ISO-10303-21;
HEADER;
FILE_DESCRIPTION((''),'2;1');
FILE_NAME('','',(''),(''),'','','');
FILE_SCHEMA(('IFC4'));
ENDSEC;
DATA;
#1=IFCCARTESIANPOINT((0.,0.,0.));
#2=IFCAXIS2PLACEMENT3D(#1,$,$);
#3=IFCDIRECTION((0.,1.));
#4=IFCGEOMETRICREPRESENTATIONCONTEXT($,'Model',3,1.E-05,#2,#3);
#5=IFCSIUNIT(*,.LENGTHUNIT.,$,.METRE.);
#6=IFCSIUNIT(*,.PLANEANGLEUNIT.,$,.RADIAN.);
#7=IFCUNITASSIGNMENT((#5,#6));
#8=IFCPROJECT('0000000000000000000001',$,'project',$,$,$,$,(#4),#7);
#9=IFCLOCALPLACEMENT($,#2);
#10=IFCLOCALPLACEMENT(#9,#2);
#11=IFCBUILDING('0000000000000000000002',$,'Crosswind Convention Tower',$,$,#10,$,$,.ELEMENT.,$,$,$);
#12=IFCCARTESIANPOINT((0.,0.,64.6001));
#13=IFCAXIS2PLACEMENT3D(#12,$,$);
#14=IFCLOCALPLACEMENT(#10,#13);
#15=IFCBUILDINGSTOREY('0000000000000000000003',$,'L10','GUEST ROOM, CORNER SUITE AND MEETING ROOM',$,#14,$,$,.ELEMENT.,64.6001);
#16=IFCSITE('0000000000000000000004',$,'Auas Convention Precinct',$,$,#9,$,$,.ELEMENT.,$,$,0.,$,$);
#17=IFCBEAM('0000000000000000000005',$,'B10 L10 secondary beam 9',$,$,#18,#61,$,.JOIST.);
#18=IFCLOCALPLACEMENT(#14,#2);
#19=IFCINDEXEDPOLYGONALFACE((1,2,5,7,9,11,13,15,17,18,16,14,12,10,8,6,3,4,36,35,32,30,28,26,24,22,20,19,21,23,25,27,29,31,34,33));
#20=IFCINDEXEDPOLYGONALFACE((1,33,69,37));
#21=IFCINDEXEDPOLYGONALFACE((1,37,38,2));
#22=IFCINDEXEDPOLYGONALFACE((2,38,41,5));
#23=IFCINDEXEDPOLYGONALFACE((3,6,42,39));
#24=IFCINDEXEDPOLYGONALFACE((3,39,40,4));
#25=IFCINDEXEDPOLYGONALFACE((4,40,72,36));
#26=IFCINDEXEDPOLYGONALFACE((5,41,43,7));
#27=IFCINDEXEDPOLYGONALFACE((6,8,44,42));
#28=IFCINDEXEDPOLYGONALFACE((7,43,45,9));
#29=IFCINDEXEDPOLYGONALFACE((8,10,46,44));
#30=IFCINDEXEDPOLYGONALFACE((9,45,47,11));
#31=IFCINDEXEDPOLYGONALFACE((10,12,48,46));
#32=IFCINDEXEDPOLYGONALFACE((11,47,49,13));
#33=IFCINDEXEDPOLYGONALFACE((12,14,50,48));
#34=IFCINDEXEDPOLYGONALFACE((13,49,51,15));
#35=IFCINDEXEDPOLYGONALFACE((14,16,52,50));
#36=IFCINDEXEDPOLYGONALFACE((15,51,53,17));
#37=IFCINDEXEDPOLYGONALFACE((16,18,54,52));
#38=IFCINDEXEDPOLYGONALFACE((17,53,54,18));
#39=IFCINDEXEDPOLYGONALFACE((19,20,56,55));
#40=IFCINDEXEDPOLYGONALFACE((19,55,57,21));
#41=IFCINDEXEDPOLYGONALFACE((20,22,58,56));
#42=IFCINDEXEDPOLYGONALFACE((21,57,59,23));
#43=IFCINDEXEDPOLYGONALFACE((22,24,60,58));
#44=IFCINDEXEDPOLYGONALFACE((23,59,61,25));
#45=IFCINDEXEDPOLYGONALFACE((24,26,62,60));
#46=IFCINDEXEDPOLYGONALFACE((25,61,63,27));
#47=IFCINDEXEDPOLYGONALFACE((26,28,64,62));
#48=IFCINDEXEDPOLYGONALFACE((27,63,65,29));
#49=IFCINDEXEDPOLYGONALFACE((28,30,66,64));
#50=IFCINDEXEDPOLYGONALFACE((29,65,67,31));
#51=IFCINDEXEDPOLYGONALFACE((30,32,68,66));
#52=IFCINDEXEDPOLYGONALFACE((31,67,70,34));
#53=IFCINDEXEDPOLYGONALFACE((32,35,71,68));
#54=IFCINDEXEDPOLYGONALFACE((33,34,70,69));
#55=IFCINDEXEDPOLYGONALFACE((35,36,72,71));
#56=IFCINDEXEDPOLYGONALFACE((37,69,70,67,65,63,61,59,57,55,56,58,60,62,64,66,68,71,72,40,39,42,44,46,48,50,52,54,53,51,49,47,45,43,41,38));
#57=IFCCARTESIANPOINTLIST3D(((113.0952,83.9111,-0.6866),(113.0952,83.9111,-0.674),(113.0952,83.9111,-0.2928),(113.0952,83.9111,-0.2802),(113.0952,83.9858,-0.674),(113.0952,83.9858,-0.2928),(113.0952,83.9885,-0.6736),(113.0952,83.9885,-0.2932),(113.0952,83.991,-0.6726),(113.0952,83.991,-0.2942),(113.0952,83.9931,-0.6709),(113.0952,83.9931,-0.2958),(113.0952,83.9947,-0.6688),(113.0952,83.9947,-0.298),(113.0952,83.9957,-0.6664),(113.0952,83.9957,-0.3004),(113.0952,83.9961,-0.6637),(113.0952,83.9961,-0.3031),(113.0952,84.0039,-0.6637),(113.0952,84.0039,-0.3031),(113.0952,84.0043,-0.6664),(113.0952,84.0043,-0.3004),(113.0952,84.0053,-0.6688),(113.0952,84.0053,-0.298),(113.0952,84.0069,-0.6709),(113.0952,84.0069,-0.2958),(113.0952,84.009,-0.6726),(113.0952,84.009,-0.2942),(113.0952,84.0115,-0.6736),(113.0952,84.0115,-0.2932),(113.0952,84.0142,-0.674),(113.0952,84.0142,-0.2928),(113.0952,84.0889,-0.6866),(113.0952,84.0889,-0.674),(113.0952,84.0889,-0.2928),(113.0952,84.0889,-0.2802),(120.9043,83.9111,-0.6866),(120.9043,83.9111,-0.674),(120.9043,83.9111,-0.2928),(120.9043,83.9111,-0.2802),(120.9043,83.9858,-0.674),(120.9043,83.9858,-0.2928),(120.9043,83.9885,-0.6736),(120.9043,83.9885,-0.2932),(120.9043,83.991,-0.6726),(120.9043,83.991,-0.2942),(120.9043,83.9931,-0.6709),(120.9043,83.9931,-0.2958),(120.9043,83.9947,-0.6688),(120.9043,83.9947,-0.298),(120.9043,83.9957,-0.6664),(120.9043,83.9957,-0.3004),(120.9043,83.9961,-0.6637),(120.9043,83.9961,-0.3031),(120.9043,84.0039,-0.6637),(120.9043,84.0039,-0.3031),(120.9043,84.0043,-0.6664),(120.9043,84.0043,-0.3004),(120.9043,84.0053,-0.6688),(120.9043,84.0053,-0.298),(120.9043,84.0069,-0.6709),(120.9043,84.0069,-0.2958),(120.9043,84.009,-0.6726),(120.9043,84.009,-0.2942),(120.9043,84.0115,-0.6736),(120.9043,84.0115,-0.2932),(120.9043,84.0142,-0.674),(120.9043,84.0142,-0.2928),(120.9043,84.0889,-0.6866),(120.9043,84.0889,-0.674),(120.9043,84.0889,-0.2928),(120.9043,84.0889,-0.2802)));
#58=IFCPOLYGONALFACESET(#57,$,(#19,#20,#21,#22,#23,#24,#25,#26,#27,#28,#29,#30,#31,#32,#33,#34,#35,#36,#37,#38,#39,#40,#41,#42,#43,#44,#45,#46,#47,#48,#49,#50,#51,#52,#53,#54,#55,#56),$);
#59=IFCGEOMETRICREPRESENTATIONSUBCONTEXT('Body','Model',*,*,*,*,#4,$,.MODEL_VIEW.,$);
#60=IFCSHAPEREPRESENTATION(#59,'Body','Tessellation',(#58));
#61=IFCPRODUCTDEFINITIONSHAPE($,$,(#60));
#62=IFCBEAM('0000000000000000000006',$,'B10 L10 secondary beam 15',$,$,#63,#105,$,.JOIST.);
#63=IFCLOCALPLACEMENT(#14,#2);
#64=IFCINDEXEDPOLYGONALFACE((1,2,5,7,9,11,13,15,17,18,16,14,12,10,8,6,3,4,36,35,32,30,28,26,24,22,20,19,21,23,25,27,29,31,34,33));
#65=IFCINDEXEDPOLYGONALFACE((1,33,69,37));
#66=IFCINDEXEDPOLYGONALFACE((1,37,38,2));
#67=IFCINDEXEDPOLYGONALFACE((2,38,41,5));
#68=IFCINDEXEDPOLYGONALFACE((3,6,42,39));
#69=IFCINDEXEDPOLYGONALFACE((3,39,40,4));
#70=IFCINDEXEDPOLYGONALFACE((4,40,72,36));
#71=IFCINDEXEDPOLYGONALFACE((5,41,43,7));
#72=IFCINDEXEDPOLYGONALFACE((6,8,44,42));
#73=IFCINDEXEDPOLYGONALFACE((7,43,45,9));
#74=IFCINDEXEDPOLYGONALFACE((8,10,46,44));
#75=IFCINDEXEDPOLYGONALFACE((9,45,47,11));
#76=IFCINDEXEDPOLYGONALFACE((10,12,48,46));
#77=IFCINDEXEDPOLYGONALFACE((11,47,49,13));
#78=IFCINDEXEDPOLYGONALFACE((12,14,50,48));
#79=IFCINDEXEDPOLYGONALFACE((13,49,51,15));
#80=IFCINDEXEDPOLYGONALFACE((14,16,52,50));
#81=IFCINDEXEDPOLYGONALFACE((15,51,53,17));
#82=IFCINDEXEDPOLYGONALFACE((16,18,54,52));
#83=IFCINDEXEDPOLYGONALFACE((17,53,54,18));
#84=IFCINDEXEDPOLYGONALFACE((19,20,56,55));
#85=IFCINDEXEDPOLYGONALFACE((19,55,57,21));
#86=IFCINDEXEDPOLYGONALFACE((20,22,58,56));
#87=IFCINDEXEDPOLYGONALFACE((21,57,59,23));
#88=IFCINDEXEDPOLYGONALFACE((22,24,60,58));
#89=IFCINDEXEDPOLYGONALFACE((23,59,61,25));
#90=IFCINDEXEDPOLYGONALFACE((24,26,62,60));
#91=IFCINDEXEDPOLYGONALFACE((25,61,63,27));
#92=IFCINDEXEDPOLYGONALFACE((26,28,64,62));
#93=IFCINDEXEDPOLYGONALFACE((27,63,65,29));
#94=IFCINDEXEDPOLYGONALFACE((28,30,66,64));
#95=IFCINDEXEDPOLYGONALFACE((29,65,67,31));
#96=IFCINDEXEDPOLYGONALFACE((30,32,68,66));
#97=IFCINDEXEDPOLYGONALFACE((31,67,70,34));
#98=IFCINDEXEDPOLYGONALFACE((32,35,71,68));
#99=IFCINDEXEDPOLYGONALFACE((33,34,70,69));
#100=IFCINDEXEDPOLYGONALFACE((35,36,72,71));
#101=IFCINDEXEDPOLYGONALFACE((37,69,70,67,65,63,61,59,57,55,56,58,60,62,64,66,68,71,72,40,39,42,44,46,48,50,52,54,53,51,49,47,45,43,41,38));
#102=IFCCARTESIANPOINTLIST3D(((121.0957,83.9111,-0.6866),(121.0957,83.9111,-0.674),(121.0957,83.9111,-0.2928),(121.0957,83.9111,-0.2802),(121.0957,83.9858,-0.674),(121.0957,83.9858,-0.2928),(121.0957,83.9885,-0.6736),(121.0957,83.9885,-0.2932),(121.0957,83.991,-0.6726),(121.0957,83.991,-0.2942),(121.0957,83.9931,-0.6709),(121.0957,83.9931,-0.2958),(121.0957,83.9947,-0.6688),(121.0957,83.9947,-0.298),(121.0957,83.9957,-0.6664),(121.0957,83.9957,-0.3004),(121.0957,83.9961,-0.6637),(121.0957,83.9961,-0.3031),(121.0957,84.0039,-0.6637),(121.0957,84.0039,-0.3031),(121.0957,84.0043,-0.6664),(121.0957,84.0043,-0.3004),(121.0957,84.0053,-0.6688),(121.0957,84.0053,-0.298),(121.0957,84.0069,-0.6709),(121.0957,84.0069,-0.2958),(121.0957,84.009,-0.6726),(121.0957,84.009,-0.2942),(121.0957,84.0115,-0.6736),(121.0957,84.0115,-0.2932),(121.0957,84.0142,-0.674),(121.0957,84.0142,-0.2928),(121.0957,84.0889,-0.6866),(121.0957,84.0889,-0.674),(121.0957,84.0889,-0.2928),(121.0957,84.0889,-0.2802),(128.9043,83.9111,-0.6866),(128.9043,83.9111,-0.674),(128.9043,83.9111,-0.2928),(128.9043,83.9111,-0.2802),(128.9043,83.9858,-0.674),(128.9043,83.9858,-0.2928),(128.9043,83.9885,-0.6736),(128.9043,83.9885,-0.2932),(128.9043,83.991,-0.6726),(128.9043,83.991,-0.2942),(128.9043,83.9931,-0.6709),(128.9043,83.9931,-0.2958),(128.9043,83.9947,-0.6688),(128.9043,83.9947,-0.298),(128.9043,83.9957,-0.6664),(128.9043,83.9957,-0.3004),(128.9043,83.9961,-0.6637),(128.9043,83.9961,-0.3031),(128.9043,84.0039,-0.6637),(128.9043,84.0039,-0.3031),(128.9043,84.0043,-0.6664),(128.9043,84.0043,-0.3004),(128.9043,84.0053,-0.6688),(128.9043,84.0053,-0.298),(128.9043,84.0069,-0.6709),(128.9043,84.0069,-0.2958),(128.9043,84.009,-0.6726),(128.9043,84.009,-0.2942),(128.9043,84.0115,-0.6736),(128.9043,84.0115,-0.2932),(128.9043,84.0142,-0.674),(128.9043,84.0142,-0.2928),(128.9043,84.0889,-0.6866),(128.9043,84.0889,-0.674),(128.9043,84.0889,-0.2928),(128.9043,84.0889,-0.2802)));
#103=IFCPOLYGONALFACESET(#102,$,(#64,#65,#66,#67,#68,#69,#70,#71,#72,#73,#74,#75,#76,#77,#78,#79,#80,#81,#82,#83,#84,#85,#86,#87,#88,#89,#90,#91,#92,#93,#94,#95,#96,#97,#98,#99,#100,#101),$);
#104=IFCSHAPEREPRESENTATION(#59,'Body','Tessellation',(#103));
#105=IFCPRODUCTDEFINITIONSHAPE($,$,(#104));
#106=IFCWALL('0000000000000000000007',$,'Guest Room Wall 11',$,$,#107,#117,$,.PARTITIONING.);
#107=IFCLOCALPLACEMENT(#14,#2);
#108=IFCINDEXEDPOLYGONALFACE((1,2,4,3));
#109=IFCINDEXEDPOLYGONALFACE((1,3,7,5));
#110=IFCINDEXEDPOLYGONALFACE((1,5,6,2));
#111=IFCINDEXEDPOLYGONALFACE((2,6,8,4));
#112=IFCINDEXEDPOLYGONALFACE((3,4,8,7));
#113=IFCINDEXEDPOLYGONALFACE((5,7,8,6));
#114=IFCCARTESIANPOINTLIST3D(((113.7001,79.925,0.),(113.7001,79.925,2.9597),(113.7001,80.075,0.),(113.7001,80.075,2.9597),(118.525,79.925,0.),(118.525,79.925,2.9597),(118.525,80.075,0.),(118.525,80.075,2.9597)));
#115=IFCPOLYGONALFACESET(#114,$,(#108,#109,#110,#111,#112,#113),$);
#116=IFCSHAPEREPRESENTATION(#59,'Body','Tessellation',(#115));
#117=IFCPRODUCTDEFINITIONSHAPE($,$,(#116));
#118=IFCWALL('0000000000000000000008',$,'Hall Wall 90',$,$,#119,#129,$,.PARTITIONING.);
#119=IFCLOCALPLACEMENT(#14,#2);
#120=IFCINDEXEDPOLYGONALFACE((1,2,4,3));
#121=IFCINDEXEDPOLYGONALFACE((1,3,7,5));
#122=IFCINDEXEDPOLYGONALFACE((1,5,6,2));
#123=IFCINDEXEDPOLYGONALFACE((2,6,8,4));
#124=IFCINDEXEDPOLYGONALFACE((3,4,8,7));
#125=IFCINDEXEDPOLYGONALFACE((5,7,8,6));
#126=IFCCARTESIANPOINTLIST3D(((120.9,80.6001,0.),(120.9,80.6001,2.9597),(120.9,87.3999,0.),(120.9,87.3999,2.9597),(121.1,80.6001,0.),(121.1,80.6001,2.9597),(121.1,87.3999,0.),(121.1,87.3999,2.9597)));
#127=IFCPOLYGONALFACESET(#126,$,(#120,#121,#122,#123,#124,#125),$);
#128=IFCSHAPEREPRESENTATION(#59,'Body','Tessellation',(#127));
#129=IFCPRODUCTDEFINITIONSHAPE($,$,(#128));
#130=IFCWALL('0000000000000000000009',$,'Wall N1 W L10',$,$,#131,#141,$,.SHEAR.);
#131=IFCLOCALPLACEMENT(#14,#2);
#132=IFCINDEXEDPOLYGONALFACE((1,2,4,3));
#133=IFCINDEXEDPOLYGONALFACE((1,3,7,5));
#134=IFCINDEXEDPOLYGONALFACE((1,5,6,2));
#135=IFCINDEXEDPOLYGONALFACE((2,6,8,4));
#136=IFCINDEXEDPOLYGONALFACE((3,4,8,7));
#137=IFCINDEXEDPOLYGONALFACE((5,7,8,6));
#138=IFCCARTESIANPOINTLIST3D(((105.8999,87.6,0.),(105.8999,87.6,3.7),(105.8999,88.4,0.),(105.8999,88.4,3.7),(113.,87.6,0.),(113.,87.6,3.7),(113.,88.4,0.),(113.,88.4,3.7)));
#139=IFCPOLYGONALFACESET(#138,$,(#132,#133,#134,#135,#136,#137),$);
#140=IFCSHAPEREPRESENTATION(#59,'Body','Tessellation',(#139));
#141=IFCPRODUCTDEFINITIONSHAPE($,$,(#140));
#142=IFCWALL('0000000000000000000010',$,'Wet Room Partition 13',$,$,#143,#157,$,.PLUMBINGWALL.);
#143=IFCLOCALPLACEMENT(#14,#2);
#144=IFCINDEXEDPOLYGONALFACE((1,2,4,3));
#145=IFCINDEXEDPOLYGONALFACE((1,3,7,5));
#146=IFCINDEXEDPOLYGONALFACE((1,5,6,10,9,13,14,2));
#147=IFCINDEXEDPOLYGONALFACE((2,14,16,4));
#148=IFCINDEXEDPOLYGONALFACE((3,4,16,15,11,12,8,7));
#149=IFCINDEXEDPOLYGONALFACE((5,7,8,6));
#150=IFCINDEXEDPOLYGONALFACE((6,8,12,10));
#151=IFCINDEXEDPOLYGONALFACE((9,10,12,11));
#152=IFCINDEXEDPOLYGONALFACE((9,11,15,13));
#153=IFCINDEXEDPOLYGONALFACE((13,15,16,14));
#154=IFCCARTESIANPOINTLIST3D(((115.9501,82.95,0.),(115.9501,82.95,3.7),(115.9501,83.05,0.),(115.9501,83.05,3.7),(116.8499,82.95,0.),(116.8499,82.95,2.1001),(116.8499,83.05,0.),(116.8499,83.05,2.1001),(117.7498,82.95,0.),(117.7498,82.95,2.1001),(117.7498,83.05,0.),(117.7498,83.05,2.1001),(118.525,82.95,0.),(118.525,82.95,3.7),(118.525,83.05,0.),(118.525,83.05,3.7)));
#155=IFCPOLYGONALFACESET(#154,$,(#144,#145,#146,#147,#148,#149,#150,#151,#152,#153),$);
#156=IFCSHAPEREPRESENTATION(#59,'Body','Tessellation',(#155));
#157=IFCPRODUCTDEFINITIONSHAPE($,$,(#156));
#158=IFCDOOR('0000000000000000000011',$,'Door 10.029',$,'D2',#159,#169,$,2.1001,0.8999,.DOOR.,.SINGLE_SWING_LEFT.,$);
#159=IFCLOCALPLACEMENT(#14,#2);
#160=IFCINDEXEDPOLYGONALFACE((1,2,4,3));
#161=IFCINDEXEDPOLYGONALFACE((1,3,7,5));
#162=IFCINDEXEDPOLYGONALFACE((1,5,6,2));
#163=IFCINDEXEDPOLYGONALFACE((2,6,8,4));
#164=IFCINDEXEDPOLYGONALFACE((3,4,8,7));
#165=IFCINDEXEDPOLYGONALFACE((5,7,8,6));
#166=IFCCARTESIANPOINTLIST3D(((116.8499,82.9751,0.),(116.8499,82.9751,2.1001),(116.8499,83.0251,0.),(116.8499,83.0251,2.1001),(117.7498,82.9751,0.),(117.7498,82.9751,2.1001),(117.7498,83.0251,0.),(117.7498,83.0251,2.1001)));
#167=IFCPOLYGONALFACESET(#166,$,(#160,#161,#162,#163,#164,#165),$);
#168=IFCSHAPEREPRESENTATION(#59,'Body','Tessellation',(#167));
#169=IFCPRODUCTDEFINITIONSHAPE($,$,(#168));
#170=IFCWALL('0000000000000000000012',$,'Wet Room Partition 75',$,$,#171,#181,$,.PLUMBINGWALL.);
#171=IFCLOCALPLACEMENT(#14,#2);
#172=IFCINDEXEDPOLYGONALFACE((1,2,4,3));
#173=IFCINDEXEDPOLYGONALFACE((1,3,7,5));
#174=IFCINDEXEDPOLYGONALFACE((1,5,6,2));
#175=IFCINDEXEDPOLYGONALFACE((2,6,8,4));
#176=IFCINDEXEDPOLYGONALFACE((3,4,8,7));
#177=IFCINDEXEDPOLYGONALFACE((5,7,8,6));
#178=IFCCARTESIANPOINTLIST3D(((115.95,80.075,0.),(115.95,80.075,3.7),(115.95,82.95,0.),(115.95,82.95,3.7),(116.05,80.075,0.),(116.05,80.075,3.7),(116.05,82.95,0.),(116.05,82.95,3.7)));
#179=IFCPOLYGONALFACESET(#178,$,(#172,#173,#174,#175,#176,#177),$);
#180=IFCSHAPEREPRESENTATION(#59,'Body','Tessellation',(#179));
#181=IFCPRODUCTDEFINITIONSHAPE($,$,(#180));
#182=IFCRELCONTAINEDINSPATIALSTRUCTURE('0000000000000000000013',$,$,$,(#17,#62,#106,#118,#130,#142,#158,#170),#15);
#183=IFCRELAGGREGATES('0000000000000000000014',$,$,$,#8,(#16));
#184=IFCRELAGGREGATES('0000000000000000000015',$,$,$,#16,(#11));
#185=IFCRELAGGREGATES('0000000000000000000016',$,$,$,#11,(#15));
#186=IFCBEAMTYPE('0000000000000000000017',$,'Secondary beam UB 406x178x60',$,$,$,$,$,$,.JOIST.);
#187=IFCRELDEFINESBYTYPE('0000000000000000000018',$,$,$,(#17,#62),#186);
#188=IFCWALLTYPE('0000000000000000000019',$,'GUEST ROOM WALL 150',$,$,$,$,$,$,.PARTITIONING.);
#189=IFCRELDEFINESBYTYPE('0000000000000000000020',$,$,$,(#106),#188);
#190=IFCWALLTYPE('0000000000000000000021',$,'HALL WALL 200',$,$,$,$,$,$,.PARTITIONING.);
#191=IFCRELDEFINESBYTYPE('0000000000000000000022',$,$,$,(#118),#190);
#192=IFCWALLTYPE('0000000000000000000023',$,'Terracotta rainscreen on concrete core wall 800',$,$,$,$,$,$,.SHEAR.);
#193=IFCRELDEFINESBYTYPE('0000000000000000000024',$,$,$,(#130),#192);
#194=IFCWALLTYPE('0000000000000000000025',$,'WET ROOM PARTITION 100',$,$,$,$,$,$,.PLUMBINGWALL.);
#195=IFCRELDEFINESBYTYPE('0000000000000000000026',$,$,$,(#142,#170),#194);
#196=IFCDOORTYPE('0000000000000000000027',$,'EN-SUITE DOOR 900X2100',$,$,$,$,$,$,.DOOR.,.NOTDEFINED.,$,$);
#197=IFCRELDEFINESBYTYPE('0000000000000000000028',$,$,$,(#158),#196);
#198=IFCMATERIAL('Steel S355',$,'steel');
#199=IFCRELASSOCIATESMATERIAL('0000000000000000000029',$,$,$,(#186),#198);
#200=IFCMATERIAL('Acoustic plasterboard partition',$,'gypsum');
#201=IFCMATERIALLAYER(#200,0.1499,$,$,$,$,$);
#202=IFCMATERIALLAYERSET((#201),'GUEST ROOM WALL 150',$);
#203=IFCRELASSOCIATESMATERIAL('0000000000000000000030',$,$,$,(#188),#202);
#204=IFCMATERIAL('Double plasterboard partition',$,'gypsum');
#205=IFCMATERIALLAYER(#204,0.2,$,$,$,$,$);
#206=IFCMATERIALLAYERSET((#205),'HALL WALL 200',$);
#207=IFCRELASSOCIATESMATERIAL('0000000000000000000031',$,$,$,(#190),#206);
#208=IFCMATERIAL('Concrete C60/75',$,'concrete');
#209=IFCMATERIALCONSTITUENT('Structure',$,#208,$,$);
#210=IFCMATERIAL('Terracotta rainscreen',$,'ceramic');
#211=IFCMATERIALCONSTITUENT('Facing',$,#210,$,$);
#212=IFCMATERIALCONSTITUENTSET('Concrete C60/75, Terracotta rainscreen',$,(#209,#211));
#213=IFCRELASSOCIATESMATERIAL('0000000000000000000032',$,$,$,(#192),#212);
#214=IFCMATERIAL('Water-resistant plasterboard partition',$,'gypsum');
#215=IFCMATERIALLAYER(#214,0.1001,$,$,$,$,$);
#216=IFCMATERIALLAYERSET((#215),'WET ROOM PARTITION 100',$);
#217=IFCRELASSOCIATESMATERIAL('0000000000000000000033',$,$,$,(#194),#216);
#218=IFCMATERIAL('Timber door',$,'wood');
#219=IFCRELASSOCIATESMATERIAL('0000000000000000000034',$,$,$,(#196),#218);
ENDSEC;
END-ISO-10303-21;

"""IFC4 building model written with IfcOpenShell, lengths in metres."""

from ifc_helpers import new_model, si_unit, direction, frame, frame_2d, origin, origin_2d, place, context, subcontext, project, spatial, rectangle, i_section, extrude, material, layer, layer_set, constituent, constituent_set, material_profile, profile_set, type_object, element, fill, save


model = new_model("IFC4")

# Units and contexts
model_context = context("Model", 3, precision=1e-05, world=origin(), true_north=direction((0.0, 1.0)))
body_context = subcontext(model_context, "Body", "Model", "MODEL_VIEW")
ifc_project = project(units=[si_unit("LENGTHUNIT", "METRE"), si_unit("PLANEANGLEUNIT", "RADIAN")], contexts=[model_context])

# Site, building, storey
site_placement = place(None, origin())
site = spatial("IfcSite", under=ifc_project, at=site_placement, Name="Auas Convention Precinct", CompositionType="ELEMENT", RefElevation=0.0)
building_placement = place(site_placement, origin())
building = spatial("IfcBuilding", under=site, at=building_placement, Name="Crosswind Convention Tower", CompositionType="ELEMENT")
storey_placement = place(building_placement, frame((0.0, 0.0, 64.6001)))
storey = spatial("IfcBuildingStorey", under=building, at=storey_placement, Name="L10", Description="GUEST ROOM, CORNER SUITE AND MEETING ROOM", CompositionType="ELEMENT", Elevation=64.6001)

# Shared definitions
ifc_material_1 = material(Name="Steel S355", Category="steel")

# Beams
ifc_material_profile_1 = material_profile(ifc_material_1, i_section(OverallWidth=0.1777, OverallDepth=0.4065, WebThickness=0.0078, FlangeThickness=0.0127, FilletRadius=0.0103, at=origin_2d()), Name="UB 406x178x60")
ifc_profile_set_1 = profile_set([ifc_material_profile_1], Name="Steel S355")
beam_type_1 = type_object("IfcBeamType", Name="Secondary beam UB 406x178x60", PredefinedType="JOIST", material=ifc_profile_set_1)
beam_1_placement = place(storey_placement, frame((113.0952, 84.0, -0.4834), z_axis=(1.0, 0.0, 0.0), x_axis=(0.0, 1.0, 0.0)))
element("IfcBeam", 1, at=beam_1_placement, inside=storey, type_object=beam_type_1, Name="B10 L10 secondary beam 9", PredefinedType="JOIST", context=body_context, shape_type="SweptSolid", body=[
    extrude(i_section(OverallWidth=0.1777, OverallDepth=0.4065, WebThickness=0.0078, FlangeThickness=0.0127, FilletRadius=0.0103, at=origin_2d()), origin(), (0.0, 0.0, 1.0), 7.8091),
])
beam_2_placement = place(storey_placement, frame((121.0957, 84.0, -0.4834), z_axis=(1.0, 0.0, 0.0), x_axis=(0.0, 1.0, 0.0)))
element("IfcBeam", 2, at=beam_2_placement, inside=storey, type_object=beam_type_1, Name="B10 L10 secondary beam 15", PredefinedType="JOIST", context=body_context, shape_type="SweptSolid", body=[
    extrude(i_section(OverallWidth=0.1777, OverallDepth=0.4065, WebThickness=0.0078, FlangeThickness=0.0127, FilletRadius=0.0103, at=origin_2d()), origin(), (0.0, 0.0, 1.0), 7.8086),
])

# Walls
ifc_material_2 = material(Name="Acoustic plasterboard partition", Category="gypsum")
ifc_layer_1 = layer(ifc_material_2, 0.1499)
ifc_layer_set_1 = layer_set([ifc_layer_1], Name="GUEST ROOM WALL 150")
wall_type_1 = type_object("IfcWallType", Name="GUEST ROOM WALL 150", PredefinedType="PARTITIONING", material=ifc_layer_set_1)
wall_1_placement = place(storey_placement, frame((113.7, 80.0, 0.0), z_axis=(0.0, 0.0, 1.0), x_axis=(1.0, 0.0, 0.0)))
element("IfcWall", 3, at=wall_1_placement, inside=storey, type_object=wall_type_1, Name="Guest Room Wall 11", PredefinedType="PARTITIONING", context=body_context, shape_type="SweptSolid", body=[
    extrude(rectangle(XDim=4.825, YDim=0.1499, at=frame_2d((2.4126, 0.0))), origin(), (0.0, 0.0, 1.0), 2.9597),
])
ifc_material_3 = material(Name="Double plasterboard partition", Category="gypsum")
ifc_layer_2 = layer(ifc_material_3, 0.2)
ifc_layer_set_2 = layer_set([ifc_layer_2], Name="HALL WALL 200")
wall_type_2 = type_object("IfcWallType", Name="HALL WALL 200", PredefinedType="PARTITIONING", material=ifc_layer_set_2)
wall_2_placement = place(storey_placement, frame((121.0, 80.6001, 0.0), z_axis=(0.0, 0.0, 1.0), x_axis=(0.0, 1.0, 0.0)))
element("IfcWall", 4, at=wall_2_placement, inside=storey, type_object=wall_type_2, Name="Hall Wall 90", PredefinedType="PARTITIONING", context=body_context, shape_type="SweptSolid", body=[
    extrude(rectangle(XDim=6.7998, YDim=0.2, at=frame_2d((3.3999, 0.0))), origin(), (0.0, 0.0, 1.0), 2.9597),
])
ifc_material_4 = material(Name="Concrete C60/75", Category="concrete")
ifc_constituent_1 = constituent(ifc_material_4, Name="Structure")
ifc_material_5 = material(Name="Terracotta rainscreen", Category="ceramic")
ifc_constituent_2 = constituent(ifc_material_5, Name="Facing")
ifc_constituent_set = constituent_set(constituents=[ifc_constituent_1, ifc_constituent_2], Name="Concrete C60/75, Terracotta rainscreen")
wall_type_3 = type_object("IfcWallType", Name="Terracotta rainscreen on concrete core wall 800", PredefinedType="SHEAR", material=ifc_constituent_set)
wall_3_placement = place(storey_placement, frame((113.0, 88.0, 0.0), z_axis=(0.0, 0.0, 1.0), x_axis=(-1.0, 0.0, 0.0)))
element("IfcWall", 5, at=wall_3_placement, inside=storey, type_object=wall_type_3, Name="Wall N1 W L10", PredefinedType="SHEAR", context=body_context, shape_type="SweptSolid", body=[
    extrude(rectangle(XDim=7.1001, YDim=0.8, at=frame_2d((3.55, 0.0))), origin(), (0.0, 0.0, 1.0), 3.7),
])

# Wall, opening, door
ifc_material_6 = material(Name="Water-resistant plasterboard partition", Category="gypsum")
ifc_layer_3 = layer(ifc_material_6, 0.1001)
ifc_layer_set_3 = layer_set([ifc_layer_3], Name="WET ROOM PARTITION 100")
wall_type_4 = type_object("IfcWallType", Name="WET ROOM PARTITION 100", PredefinedType="PLUMBINGWALL", material=ifc_layer_set_3)
wall_4_placement = place(storey_placement, frame((115.95, 83.0, 0.0), z_axis=(0.0, 0.0, 1.0), x_axis=(1.0, 0.0, 0.0)))
wall_4 = element("IfcWall", 6, at=wall_4_placement, inside=storey, type_object=wall_type_4, Name="Wet Room Partition 13", PredefinedType="PLUMBINGWALL", context=body_context, shape_type="SweptSolid", body=[
    extrude(rectangle(XDim=2.575, YDim=0.1001, at=frame_2d((1.2876, 0.0))), origin(), (0.0, 0.0, 1.0), 3.7),
])
opening_placement = place(wall_4_placement, frame((0.8999, 0.0, 0.0)))
opening = element("IfcOpeningElement", 7, at=opening_placement, cuts=wall_4, PredefinedType="OPENING", context=body_context, shape_type="SweptSolid", body=[
    extrude(rectangle(XDim=0.8999, YDim=2.1001, at=frame_2d((0.45, 1.05))), frame((0.0, 0.0601, 0.0), z_axis=(0.0, -1.0, 0.0), x_axis=(1.0, 0.0, 0.0)), (0.0, 0.0, 1.0), 0.1201),
])
ifc_material_7 = material(Name="Timber door", Category="wood")
door_type = type_object("IfcDoorType", Name="EN-SUITE DOOR 900X2100", OperationType="NOTDEFINED", PredefinedType="DOOR", material=ifc_material_7)
door_placement = place(opening_placement, frame((0.8999, 0.0, 0.0), z_axis=(0.0, 0.0, 1.0), x_axis=(-1.0, 0.0, 0.0)))
door = element("IfcDoor", 8, at=door_placement, inside=storey, type_object=door_type, Name="Door 10.029", ObjectType="D2", OperationType="SINGLE_SWING_LEFT", OverallHeight=2.1001, OverallWidth=0.8999, PredefinedType="DOOR", context=body_context, shape_type="SweptSolid", body=[
    extrude(rectangle(XDim=0.8999, YDim=2.1001, at=frame_2d((0.45, 1.05))), frame((0.0, 0.0249, 0.0), z_axis=(0.0, -1.0, 0.0), x_axis=(1.0, 0.0, 0.0)), (0.0, 0.0, 1.0), 0.05),
])
fill(opening, door)

# Wall
wall_5_placement = place(storey_placement, frame((116.0, 80.075, 0.0), z_axis=(0.0, 0.0, 1.0), x_axis=(0.0, 1.0, 0.0)))
element("IfcWall", 9, at=wall_5_placement, inside=storey, type_object=wall_type_4, Name="Wet Room Partition 75", PredefinedType="PLUMBINGWALL", context=body_context, shape_type="SweptSolid", body=[
    extrude(rectangle(XDim=2.875, YDim=0.1001, at=frame_2d((1.4375, 0.0))), origin(), (0.0, 0.0, 1.0), 3.7),
])

save(model, "model.ifc")
